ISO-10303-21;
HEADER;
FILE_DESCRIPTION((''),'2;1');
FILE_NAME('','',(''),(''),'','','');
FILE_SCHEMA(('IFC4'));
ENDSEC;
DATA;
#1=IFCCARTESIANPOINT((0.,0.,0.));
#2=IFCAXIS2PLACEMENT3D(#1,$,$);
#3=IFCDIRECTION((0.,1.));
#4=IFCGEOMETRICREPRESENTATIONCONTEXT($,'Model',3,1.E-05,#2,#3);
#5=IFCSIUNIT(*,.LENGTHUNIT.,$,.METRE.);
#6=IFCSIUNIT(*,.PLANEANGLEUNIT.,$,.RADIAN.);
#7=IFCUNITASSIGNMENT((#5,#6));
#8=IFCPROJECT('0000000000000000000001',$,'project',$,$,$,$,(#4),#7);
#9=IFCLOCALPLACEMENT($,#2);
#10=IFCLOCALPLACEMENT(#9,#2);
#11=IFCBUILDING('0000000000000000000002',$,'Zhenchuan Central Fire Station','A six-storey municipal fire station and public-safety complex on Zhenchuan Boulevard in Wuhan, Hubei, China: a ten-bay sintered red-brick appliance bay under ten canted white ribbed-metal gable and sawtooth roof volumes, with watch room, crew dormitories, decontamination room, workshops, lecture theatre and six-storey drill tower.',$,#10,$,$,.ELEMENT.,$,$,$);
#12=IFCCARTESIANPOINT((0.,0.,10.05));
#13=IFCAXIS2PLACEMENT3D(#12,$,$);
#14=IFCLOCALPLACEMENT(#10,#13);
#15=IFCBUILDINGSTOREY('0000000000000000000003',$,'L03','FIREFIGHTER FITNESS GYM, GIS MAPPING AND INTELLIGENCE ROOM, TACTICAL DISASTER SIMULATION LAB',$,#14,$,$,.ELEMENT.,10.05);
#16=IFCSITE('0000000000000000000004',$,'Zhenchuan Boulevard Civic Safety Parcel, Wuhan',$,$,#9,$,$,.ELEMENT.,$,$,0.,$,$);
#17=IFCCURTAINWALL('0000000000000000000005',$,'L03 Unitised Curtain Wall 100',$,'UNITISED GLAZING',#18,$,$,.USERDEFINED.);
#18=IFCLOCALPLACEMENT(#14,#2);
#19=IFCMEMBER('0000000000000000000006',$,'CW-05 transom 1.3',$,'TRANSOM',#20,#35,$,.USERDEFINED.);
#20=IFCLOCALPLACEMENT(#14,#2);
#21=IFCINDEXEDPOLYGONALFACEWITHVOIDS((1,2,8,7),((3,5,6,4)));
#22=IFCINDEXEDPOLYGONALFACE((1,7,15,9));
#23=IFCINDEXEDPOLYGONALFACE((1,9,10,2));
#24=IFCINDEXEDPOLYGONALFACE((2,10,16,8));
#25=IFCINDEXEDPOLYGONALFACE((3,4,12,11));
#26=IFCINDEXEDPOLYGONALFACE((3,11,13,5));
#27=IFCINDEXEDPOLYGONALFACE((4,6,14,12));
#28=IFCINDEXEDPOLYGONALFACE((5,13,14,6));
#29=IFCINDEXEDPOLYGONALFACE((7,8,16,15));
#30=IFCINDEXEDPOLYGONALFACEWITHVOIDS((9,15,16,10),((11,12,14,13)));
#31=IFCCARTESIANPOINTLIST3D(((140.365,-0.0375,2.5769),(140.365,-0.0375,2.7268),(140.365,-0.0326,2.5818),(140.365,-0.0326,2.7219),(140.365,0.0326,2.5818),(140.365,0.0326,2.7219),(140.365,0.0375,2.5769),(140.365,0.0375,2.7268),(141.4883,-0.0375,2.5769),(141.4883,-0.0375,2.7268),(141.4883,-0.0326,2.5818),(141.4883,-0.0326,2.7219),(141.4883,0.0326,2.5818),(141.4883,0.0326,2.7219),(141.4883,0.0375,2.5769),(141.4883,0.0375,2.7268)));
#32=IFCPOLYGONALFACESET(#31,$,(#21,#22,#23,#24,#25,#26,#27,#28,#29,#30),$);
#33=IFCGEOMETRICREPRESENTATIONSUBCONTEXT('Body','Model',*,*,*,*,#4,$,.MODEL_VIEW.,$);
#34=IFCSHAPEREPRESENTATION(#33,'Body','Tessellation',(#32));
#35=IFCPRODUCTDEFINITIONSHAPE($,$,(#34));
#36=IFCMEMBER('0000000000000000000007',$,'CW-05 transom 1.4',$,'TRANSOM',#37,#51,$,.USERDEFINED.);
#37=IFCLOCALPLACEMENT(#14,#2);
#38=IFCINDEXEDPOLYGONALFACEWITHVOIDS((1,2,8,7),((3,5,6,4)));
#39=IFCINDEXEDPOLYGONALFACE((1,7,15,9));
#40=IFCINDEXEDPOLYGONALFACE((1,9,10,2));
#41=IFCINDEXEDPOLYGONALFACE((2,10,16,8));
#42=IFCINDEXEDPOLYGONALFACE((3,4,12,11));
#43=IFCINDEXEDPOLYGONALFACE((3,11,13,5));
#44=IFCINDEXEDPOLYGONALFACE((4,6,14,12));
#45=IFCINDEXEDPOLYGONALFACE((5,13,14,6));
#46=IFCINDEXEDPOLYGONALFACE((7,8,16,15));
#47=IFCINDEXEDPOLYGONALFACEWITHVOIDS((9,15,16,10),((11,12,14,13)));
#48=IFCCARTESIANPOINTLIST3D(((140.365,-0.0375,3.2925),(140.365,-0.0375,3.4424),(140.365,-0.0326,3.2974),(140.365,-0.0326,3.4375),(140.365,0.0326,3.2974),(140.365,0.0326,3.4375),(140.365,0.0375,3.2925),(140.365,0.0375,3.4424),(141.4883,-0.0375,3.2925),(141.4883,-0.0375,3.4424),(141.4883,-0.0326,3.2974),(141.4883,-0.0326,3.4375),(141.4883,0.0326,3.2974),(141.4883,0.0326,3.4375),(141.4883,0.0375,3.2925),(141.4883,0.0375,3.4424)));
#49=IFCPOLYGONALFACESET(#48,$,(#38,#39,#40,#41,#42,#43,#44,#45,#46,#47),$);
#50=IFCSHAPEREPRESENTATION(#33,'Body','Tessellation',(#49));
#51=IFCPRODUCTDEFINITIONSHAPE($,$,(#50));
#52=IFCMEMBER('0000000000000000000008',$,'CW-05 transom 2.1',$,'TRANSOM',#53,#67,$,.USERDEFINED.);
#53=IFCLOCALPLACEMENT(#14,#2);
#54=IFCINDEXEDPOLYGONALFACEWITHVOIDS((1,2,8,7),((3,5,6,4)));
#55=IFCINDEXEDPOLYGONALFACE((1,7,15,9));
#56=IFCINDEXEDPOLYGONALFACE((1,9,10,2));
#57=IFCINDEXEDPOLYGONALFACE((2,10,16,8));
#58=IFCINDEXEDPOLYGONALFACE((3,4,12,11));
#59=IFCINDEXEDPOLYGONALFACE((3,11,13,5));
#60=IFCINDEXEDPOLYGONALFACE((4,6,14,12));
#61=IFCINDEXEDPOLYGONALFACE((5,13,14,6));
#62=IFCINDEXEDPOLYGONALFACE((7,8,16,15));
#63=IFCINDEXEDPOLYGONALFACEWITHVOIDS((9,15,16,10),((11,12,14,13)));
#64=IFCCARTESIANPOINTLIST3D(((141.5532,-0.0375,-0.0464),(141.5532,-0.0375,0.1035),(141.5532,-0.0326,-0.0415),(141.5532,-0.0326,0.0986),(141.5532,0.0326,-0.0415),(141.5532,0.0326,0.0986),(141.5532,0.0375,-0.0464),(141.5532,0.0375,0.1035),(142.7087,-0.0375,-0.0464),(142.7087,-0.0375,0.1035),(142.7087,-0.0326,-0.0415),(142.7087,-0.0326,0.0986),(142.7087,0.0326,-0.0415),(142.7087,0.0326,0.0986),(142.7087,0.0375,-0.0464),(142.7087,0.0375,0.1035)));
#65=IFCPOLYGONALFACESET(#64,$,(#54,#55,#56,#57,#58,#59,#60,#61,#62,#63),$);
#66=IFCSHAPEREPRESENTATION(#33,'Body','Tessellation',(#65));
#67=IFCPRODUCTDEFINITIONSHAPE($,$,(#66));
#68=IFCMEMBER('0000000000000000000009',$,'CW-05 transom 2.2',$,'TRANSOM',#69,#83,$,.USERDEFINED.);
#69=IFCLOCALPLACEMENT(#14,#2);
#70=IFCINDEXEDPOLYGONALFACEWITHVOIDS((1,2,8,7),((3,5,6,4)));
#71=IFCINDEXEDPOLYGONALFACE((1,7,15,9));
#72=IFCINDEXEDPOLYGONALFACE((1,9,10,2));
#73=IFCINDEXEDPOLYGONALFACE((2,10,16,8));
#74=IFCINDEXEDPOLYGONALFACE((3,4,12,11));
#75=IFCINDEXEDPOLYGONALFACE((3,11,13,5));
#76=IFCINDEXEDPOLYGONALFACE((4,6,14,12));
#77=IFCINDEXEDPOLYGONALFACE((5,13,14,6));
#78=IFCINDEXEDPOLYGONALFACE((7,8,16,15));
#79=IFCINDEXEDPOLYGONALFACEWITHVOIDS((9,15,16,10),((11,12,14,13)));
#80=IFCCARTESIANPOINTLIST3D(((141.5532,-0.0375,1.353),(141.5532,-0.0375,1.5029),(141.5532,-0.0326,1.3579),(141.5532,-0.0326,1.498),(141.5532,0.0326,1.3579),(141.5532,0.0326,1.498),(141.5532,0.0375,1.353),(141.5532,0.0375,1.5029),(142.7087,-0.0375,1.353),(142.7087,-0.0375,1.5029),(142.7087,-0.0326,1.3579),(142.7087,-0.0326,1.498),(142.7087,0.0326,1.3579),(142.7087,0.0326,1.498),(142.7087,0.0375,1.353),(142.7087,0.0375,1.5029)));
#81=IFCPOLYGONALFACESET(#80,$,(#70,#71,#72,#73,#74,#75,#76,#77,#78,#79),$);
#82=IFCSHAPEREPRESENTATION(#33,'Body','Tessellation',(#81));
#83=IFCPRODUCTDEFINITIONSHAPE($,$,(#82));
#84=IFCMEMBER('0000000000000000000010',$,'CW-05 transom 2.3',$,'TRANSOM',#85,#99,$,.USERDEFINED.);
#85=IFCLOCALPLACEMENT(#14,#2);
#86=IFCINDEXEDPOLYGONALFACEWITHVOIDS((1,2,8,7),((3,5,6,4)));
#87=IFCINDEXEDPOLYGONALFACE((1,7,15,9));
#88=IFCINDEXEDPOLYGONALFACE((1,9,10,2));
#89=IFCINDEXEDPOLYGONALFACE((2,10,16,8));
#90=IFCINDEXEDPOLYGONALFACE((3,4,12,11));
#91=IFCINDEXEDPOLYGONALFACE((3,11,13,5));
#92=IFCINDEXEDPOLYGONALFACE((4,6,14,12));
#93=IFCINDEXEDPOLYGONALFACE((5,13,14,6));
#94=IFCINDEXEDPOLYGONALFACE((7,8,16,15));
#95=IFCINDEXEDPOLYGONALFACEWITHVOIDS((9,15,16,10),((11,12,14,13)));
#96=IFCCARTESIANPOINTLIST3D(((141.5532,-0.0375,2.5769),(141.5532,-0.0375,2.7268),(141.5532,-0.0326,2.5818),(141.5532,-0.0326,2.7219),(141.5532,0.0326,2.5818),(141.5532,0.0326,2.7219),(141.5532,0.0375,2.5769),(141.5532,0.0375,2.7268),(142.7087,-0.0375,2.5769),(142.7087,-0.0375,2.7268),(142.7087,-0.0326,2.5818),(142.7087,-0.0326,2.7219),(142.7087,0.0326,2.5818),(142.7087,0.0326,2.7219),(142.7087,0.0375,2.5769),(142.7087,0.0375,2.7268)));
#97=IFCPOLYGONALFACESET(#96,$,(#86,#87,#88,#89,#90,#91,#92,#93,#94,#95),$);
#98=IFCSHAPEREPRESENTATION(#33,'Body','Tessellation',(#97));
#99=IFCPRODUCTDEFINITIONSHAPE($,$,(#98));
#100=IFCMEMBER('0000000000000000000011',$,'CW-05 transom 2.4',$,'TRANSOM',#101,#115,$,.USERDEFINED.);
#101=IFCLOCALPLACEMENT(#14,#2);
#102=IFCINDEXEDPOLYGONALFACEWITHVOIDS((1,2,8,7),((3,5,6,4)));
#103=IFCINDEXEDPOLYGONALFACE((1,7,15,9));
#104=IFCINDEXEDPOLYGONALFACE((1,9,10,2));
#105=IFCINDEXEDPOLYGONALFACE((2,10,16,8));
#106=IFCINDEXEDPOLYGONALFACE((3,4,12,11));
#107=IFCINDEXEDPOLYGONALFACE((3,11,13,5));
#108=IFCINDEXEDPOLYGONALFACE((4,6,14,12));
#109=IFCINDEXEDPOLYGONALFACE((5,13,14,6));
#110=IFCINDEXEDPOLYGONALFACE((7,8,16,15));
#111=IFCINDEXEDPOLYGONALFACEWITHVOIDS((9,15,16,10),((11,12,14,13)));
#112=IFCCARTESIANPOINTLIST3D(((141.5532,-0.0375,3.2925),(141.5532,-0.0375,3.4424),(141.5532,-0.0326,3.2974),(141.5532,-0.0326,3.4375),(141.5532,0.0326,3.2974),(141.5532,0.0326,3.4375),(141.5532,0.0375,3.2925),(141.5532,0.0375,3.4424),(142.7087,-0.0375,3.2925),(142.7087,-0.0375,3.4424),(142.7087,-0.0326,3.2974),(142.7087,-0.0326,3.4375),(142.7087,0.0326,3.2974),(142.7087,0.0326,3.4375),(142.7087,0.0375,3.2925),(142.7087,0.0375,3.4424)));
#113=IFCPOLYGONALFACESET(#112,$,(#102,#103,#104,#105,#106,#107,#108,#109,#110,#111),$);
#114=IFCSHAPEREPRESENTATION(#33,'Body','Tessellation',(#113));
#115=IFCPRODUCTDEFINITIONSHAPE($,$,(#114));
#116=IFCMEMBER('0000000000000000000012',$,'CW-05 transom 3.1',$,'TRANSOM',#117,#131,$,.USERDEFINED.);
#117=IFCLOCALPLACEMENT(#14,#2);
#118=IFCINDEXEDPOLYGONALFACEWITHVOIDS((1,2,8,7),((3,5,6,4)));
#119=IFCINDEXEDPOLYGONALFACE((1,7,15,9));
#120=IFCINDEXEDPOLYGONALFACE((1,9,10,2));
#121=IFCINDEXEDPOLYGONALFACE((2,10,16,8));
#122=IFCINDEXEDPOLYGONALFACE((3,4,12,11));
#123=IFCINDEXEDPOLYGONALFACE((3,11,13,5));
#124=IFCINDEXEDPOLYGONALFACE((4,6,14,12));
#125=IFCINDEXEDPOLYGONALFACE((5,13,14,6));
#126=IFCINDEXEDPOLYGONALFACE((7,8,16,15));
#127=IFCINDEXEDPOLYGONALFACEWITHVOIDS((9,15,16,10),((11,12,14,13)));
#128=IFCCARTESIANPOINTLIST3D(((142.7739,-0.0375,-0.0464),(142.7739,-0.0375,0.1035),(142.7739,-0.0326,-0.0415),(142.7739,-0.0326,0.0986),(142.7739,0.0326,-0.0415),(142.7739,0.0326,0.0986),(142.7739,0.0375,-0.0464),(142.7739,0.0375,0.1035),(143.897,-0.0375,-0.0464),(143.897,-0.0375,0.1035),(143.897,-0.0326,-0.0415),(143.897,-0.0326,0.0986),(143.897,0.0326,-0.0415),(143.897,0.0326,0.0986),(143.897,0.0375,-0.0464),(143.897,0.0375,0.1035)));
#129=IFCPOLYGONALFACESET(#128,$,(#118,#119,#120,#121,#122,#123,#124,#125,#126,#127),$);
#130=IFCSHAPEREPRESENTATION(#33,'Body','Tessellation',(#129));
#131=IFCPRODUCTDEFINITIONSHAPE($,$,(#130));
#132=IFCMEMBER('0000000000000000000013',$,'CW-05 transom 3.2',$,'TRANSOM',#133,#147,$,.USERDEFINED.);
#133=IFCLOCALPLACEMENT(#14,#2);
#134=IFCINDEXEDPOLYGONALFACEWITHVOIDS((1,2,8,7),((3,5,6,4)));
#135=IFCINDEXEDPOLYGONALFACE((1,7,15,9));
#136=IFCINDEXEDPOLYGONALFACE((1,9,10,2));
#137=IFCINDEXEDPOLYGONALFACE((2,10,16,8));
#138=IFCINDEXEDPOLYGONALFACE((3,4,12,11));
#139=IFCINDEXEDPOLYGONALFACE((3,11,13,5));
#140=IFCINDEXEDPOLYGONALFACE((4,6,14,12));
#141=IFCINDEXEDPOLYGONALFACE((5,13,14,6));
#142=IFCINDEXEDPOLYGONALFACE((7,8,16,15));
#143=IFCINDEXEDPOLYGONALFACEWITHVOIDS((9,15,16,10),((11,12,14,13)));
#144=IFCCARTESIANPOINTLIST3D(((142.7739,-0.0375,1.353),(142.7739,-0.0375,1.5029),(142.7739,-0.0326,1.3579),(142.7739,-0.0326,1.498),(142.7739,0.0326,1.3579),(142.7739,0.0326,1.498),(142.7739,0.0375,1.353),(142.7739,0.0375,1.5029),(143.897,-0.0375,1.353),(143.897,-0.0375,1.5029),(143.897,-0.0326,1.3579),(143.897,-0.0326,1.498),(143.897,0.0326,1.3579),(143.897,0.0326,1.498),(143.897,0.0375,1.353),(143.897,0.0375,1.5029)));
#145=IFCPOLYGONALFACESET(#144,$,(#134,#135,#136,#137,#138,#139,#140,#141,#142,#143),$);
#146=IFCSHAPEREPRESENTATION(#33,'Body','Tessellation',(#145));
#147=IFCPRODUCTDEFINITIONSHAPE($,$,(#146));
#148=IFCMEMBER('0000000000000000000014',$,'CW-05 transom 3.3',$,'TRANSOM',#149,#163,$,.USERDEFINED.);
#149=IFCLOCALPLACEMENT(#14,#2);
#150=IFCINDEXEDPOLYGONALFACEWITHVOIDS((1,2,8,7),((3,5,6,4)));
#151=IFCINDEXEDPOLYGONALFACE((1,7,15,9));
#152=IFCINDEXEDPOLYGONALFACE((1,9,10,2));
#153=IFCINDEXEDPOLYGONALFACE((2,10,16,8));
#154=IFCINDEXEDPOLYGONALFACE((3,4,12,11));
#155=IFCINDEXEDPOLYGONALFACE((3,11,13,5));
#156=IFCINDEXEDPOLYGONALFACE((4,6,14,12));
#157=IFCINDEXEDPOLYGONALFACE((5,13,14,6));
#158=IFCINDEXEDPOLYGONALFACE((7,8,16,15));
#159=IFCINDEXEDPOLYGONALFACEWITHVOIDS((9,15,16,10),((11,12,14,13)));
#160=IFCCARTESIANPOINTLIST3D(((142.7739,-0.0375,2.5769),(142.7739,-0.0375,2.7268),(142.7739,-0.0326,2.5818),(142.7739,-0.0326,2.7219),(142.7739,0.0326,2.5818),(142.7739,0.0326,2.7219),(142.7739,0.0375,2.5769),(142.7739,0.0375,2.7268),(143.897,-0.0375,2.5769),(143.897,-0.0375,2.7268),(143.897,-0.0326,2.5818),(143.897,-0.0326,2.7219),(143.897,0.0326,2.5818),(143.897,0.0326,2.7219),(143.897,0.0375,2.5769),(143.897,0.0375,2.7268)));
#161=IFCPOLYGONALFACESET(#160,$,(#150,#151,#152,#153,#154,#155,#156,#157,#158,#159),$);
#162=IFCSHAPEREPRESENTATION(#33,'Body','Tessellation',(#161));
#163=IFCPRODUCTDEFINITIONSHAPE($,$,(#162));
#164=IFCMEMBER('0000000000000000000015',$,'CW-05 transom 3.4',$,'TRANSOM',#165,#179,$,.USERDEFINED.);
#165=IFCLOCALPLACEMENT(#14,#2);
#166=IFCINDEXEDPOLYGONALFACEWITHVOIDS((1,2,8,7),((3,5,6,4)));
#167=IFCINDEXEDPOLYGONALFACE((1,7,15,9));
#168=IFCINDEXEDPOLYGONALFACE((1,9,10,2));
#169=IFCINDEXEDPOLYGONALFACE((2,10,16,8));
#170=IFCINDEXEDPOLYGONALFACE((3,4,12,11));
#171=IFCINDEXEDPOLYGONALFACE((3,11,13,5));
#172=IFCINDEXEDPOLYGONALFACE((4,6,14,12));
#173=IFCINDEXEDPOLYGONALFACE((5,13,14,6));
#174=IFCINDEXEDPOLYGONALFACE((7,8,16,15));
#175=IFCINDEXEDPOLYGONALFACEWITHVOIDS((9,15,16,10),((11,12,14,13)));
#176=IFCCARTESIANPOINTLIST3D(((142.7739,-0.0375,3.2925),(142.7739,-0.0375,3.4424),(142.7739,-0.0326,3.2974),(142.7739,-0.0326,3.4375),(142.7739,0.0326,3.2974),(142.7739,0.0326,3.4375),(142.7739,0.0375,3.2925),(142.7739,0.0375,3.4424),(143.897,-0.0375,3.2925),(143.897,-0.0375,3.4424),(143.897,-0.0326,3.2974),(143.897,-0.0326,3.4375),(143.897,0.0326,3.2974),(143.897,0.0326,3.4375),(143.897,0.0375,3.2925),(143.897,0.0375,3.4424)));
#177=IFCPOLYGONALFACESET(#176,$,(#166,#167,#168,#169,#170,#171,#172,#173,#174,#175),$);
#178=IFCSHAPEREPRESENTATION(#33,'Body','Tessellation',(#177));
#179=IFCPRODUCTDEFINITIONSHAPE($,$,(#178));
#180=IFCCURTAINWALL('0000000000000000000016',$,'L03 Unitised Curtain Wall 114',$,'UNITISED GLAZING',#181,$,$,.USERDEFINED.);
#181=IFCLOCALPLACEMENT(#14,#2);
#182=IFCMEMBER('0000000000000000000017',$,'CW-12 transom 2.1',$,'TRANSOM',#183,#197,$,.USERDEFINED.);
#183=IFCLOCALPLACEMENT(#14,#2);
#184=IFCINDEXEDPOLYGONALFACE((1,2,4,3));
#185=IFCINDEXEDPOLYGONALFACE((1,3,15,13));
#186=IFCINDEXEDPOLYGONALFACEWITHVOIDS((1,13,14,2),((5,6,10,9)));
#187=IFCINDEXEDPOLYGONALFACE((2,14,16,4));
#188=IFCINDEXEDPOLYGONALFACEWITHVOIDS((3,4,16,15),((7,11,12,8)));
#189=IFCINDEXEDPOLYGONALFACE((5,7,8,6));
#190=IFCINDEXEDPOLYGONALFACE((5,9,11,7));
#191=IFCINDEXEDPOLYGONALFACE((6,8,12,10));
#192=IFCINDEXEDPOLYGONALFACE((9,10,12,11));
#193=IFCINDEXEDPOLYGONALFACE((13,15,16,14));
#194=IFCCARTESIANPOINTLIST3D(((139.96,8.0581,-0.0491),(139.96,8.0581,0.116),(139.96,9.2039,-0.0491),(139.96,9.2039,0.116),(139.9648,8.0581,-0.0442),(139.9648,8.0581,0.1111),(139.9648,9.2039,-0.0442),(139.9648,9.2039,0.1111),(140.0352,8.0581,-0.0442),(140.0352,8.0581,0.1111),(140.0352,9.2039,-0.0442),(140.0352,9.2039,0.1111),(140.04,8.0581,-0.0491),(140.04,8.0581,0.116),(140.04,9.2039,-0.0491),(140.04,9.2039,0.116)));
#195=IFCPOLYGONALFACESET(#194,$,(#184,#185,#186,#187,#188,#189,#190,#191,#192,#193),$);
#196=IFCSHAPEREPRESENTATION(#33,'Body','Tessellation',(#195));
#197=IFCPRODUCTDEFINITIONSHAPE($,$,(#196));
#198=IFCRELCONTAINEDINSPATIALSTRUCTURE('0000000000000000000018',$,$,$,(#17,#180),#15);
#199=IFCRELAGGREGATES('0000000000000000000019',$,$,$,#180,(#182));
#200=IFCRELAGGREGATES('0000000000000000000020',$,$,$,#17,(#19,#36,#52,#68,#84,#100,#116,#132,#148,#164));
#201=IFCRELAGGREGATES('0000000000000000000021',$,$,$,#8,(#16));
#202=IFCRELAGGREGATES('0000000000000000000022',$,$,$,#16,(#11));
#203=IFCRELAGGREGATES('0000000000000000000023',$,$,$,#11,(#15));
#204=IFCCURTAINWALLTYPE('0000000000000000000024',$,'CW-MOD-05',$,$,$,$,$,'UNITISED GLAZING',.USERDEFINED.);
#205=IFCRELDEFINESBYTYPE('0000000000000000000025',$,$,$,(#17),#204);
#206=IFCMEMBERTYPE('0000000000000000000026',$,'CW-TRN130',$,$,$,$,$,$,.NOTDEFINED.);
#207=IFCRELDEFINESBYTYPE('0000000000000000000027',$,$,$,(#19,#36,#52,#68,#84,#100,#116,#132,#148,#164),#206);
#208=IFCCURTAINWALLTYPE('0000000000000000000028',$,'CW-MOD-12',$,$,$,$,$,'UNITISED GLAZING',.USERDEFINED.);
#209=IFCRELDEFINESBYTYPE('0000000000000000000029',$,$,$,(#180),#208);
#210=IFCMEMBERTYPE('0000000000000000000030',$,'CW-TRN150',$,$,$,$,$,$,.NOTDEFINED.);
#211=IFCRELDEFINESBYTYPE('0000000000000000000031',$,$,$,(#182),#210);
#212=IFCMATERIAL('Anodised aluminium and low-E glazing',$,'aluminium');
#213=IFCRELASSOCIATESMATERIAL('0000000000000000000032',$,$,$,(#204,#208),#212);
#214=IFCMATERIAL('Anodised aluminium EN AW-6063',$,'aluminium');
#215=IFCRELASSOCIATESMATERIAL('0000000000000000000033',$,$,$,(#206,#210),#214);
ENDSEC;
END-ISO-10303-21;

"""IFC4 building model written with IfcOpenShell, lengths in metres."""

from ifc_helpers import new_model, si_unit, direction, frame, origin, origin_2d, place, context, subcontext, project, spatial, hollow_rectangle, extrude, material, material_profile, profile_set, type_object, element, aggregate, save


model = new_model("IFC4")

# Units and contexts
model_context = context("Model", 3, precision=1e-05, world=origin(), true_north=direction((0.0, 1.0)))
body_context = subcontext(model_context, "Body", "Model", "MODEL_VIEW")
ifc_project = project(units=[si_unit("LENGTHUNIT", "METRE"), si_unit("PLANEANGLEUNIT", "RADIAN")], contexts=[model_context])

# Site, building, storey
site_placement = place(None, origin())
site = spatial("IfcSite", under=ifc_project, at=site_placement, Name="Zhenchuan Boulevard Civic Safety Parcel, Wuhan", CompositionType="ELEMENT", RefElevation=0.0)
building_placement = place(site_placement, origin())
building = spatial("IfcBuilding", under=site, at=building_placement, Name="Zhenchuan Central Fire Station", Description="A six-storey municipal fire station and public-safety complex on Zhenchuan Boulevard in Wuhan, Hubei, China: a ten-bay sintered red-brick appliance bay under ten canted white ribbed-metal gable and sawtooth roof volumes, with watch room, crew dormitories, decontamination room, workshops, lecture theatre and six-storey drill tower.", CompositionType="ELEMENT")
storey_placement = place(building_placement, frame((0.0, 0.0, 10.05)))
storey = spatial("IfcBuildingStorey", under=building, at=storey_placement, Name="L03", Description="FIREFIGHTER FITNESS GYM, GIS MAPPING AND INTELLIGENCE ROOM, TACTICAL DISASTER SIMULATION LAB", CompositionType="ELEMENT", Elevation=10.05)

# Curtain walls, members
ifc_material_1 = material(Name="Anodised aluminium and low-E glazing", Category="aluminium")
curtain_wall_type_1 = type_object("IfcCurtainWallType", Name="CW-MOD-05", ElementType="UNITISED GLAZING", PredefinedType="USERDEFINED", material=ifc_material_1)
curtain_wall_1_placement = place(storey_placement, origin())
curtain_wall_1 = element("IfcCurtainWall", 1, at=curtain_wall_1_placement, inside=storey, type_object=curtain_wall_type_1, Name="L03 Unitised Curtain Wall 100", ObjectType="UNITISED GLAZING", PredefinedType="USERDEFINED")
ifc_material_2 = material(Name="Anodised aluminium EN AW-6063", Category="aluminium")
ifc_material_profile_1 = material_profile(ifc_material_2, hollow_rectangle(XDim=0.075, YDim=0.1499, WallThickness=0.0049, at=origin_2d()), Name="ALU-T 150x75")
ifc_profile_set_1 = profile_set([ifc_material_profile_1], Name="Anodised aluminium EN AW-6063")
member_type_1 = type_object("IfcMemberType", Name="CW-TRN130", PredefinedType="NOTDEFINED", material=ifc_profile_set_1)
member_1_placement = place(storey_placement, frame((140.365, 0.0, 2.6519), z_axis=(1.0, 0.0, 0.0), x_axis=(0.0, 1.0, 0.0)))
member_1 = element("IfcMember", 2, at=member_1_placement, type_object=member_type_1, Name="CW-05 transom 1.3", ObjectType="TRANSOM", PredefinedType="USERDEFINED", context=body_context, shape_type="SweptSolid", body=[
    extrude(hollow_rectangle(XDim=0.075, YDim=0.1499, WallThickness=0.0049, at=origin_2d()), origin(), (0.0, 0.0, 1.0), 1.1233),
])
member_2_placement = place(storey_placement, frame((140.365, 0.0, 3.3674), z_axis=(1.0, 0.0, 0.0), x_axis=(0.0, 1.0, 0.0)))
member_2 = element("IfcMember", 3, at=member_2_placement, type_object=member_type_1, Name="CW-05 transom 1.4", ObjectType="TRANSOM", PredefinedType="USERDEFINED", context=body_context, shape_type="SweptSolid", body=[
    extrude(hollow_rectangle(XDim=0.075, YDim=0.1499, WallThickness=0.0049, at=origin_2d()), origin(), (0.0, 0.0, 1.0), 1.1233),
])
member_3_placement = place(storey_placement, frame((141.5532, 0.0, 0.0286), z_axis=(1.0, 0.0, 0.0), x_axis=(0.0, 1.0, 0.0)))
member_3 = element("IfcMember", 4, at=member_3_placement, type_object=member_type_1, Name="CW-05 transom 2.1", ObjectType="TRANSOM", PredefinedType="USERDEFINED", context=body_context, shape_type="SweptSolid", body=[
    extrude(hollow_rectangle(XDim=0.075, YDim=0.1499, WallThickness=0.0049, at=origin_2d()), origin(), (0.0, 0.0, 1.0), 1.1555),
])
member_4_placement = place(storey_placement, frame((141.5532, 0.0, 1.428), z_axis=(1.0, 0.0, 0.0), x_axis=(0.0, 1.0, 0.0)))
member_4 = element("IfcMember", 5, at=member_4_placement, type_object=member_type_1, Name="CW-05 transom 2.2", ObjectType="TRANSOM", PredefinedType="USERDEFINED", context=body_context, shape_type="SweptSolid", body=[
    extrude(hollow_rectangle(XDim=0.075, YDim=0.1499, WallThickness=0.0049, at=origin_2d()), origin(), (0.0, 0.0, 1.0), 1.1555),
])
member_5_placement = place(storey_placement, frame((141.5532, 0.0, 2.6519), z_axis=(1.0, 0.0, 0.0), x_axis=(0.0, 1.0, 0.0)))
member_5 = element("IfcMember", 6, at=member_5_placement, type_object=member_type_1, Name="CW-05 transom 2.3", ObjectType="TRANSOM", PredefinedType="USERDEFINED", context=body_context, shape_type="SweptSolid", body=[
    extrude(hollow_rectangle(XDim=0.075, YDim=0.1499, WallThickness=0.0049, at=origin_2d()), origin(), (0.0, 0.0, 1.0), 1.1555),
])
member_6_placement = place(storey_placement, frame((141.5532, 0.0, 3.3674), z_axis=(1.0, 0.0, 0.0), x_axis=(0.0, 1.0, 0.0)))
member_6 = element("IfcMember", 7, at=member_6_placement, type_object=member_type_1, Name="CW-05 transom 2.4", ObjectType="TRANSOM", PredefinedType="USERDEFINED", context=body_context, shape_type="SweptSolid", body=[
    extrude(hollow_rectangle(XDim=0.075, YDim=0.1499, WallThickness=0.0049, at=origin_2d()), origin(), (0.0, 0.0, 1.0), 1.1555),
])
member_7_placement = place(storey_placement, frame((142.7739, 0.0, 0.0286), z_axis=(1.0, 0.0, 0.0), x_axis=(0.0, 1.0, 0.0)))
member_7 = element("IfcMember", 8, at=member_7_placement, type_object=member_type_1, Name="CW-05 transom 3.1", ObjectType="TRANSOM", PredefinedType="USERDEFINED", context=body_context, shape_type="SweptSolid", body=[
    extrude(hollow_rectangle(XDim=0.075, YDim=0.1499, WallThickness=0.0049, at=origin_2d()), origin(), (0.0, 0.0, 1.0), 1.123),
])
member_8_placement = place(storey_placement, frame((142.7739, 0.0, 1.428), z_axis=(1.0, 0.0, 0.0), x_axis=(0.0, 1.0, 0.0)))
member_8 = element("IfcMember", 9, at=member_8_placement, type_object=member_type_1, Name="CW-05 transom 3.2", ObjectType="TRANSOM", PredefinedType="USERDEFINED", context=body_context, shape_type="SweptSolid", body=[
    extrude(hollow_rectangle(XDim=0.075, YDim=0.1499, WallThickness=0.0049, at=origin_2d()), origin(), (0.0, 0.0, 1.0), 1.123),
])
member_9_placement = place(storey_placement, frame((142.7739, 0.0, 2.6519), z_axis=(1.0, 0.0, 0.0), x_axis=(0.0, 1.0, 0.0)))
member_9 = element("IfcMember", 10, at=member_9_placement, type_object=member_type_1, Name="CW-05 transom 3.3", ObjectType="TRANSOM", PredefinedType="USERDEFINED", context=body_context, shape_type="SweptSolid", body=[
    extrude(hollow_rectangle(XDim=0.075, YDim=0.1499, WallThickness=0.0049, at=origin_2d()), origin(), (0.0, 0.0, 1.0), 1.123),
])
member_10_placement = place(storey_placement, frame((142.7739, 0.0, 3.3674), z_axis=(1.0, 0.0, 0.0), x_axis=(0.0, 1.0, 0.0)))
member_10 = element("IfcMember", 11, at=member_10_placement, type_object=member_type_1, Name="CW-05 transom 3.4", ObjectType="TRANSOM", PredefinedType="USERDEFINED", context=body_context, shape_type="SweptSolid", body=[
    extrude(hollow_rectangle(XDim=0.075, YDim=0.1499, WallThickness=0.0049, at=origin_2d()), origin(), (0.0, 0.0, 1.0), 1.123),
])
curtain_wall_type_2 = type_object("IfcCurtainWallType", Name="CW-MOD-12", ElementType="UNITISED GLAZING", PredefinedType="USERDEFINED", material=ifc_material_1)
curtain_wall_2_placement = place(storey_placement, origin())
curtain_wall_2 = element("IfcCurtainWall", 12, at=curtain_wall_2_placement, inside=storey, type_object=curtain_wall_type_2, Name="L03 Unitised Curtain Wall 114", ObjectType="UNITISED GLAZING", PredefinedType="USERDEFINED")
ifc_material_profile_2 = material_profile(ifc_material_2, hollow_rectangle(XDim=0.0801, YDim=0.165, WallThickness=0.0049, at=origin_2d()), Name="ALU-T 165x80")
ifc_profile_set_2 = profile_set([ifc_material_profile_2], Name="Anodised aluminium EN AW-6063")
member_type_2 = type_object("IfcMemberType", Name="CW-TRN150", PredefinedType="NOTDEFINED", material=ifc_profile_set_2)
member_11_placement = place(storey_placement, frame((140.0, 8.0581, 0.0334), z_axis=(0.0, 1.0, 0.0), x_axis=(-1.0, 0.0, 0.0)))
member_11 = element("IfcMember", 13, at=member_11_placement, type_object=member_type_2, Name="CW-12 transom 2.1", ObjectType="TRANSOM", PredefinedType="USERDEFINED", context=body_context, shape_type="SweptSolid", body=[
    extrude(hollow_rectangle(XDim=0.0801, YDim=0.165, WallThickness=0.0049, at=origin_2d()), origin(), (0.0, 0.0, 1.0), 1.1458),
])
aggregate(curtain_wall_2, [member_11])

aggregate(curtain_wall_1, [member_1, member_2, member_3, member_4, member_5, member_6, member_7, member_8, member_9, member_10])

save(model, "model.ifc")
